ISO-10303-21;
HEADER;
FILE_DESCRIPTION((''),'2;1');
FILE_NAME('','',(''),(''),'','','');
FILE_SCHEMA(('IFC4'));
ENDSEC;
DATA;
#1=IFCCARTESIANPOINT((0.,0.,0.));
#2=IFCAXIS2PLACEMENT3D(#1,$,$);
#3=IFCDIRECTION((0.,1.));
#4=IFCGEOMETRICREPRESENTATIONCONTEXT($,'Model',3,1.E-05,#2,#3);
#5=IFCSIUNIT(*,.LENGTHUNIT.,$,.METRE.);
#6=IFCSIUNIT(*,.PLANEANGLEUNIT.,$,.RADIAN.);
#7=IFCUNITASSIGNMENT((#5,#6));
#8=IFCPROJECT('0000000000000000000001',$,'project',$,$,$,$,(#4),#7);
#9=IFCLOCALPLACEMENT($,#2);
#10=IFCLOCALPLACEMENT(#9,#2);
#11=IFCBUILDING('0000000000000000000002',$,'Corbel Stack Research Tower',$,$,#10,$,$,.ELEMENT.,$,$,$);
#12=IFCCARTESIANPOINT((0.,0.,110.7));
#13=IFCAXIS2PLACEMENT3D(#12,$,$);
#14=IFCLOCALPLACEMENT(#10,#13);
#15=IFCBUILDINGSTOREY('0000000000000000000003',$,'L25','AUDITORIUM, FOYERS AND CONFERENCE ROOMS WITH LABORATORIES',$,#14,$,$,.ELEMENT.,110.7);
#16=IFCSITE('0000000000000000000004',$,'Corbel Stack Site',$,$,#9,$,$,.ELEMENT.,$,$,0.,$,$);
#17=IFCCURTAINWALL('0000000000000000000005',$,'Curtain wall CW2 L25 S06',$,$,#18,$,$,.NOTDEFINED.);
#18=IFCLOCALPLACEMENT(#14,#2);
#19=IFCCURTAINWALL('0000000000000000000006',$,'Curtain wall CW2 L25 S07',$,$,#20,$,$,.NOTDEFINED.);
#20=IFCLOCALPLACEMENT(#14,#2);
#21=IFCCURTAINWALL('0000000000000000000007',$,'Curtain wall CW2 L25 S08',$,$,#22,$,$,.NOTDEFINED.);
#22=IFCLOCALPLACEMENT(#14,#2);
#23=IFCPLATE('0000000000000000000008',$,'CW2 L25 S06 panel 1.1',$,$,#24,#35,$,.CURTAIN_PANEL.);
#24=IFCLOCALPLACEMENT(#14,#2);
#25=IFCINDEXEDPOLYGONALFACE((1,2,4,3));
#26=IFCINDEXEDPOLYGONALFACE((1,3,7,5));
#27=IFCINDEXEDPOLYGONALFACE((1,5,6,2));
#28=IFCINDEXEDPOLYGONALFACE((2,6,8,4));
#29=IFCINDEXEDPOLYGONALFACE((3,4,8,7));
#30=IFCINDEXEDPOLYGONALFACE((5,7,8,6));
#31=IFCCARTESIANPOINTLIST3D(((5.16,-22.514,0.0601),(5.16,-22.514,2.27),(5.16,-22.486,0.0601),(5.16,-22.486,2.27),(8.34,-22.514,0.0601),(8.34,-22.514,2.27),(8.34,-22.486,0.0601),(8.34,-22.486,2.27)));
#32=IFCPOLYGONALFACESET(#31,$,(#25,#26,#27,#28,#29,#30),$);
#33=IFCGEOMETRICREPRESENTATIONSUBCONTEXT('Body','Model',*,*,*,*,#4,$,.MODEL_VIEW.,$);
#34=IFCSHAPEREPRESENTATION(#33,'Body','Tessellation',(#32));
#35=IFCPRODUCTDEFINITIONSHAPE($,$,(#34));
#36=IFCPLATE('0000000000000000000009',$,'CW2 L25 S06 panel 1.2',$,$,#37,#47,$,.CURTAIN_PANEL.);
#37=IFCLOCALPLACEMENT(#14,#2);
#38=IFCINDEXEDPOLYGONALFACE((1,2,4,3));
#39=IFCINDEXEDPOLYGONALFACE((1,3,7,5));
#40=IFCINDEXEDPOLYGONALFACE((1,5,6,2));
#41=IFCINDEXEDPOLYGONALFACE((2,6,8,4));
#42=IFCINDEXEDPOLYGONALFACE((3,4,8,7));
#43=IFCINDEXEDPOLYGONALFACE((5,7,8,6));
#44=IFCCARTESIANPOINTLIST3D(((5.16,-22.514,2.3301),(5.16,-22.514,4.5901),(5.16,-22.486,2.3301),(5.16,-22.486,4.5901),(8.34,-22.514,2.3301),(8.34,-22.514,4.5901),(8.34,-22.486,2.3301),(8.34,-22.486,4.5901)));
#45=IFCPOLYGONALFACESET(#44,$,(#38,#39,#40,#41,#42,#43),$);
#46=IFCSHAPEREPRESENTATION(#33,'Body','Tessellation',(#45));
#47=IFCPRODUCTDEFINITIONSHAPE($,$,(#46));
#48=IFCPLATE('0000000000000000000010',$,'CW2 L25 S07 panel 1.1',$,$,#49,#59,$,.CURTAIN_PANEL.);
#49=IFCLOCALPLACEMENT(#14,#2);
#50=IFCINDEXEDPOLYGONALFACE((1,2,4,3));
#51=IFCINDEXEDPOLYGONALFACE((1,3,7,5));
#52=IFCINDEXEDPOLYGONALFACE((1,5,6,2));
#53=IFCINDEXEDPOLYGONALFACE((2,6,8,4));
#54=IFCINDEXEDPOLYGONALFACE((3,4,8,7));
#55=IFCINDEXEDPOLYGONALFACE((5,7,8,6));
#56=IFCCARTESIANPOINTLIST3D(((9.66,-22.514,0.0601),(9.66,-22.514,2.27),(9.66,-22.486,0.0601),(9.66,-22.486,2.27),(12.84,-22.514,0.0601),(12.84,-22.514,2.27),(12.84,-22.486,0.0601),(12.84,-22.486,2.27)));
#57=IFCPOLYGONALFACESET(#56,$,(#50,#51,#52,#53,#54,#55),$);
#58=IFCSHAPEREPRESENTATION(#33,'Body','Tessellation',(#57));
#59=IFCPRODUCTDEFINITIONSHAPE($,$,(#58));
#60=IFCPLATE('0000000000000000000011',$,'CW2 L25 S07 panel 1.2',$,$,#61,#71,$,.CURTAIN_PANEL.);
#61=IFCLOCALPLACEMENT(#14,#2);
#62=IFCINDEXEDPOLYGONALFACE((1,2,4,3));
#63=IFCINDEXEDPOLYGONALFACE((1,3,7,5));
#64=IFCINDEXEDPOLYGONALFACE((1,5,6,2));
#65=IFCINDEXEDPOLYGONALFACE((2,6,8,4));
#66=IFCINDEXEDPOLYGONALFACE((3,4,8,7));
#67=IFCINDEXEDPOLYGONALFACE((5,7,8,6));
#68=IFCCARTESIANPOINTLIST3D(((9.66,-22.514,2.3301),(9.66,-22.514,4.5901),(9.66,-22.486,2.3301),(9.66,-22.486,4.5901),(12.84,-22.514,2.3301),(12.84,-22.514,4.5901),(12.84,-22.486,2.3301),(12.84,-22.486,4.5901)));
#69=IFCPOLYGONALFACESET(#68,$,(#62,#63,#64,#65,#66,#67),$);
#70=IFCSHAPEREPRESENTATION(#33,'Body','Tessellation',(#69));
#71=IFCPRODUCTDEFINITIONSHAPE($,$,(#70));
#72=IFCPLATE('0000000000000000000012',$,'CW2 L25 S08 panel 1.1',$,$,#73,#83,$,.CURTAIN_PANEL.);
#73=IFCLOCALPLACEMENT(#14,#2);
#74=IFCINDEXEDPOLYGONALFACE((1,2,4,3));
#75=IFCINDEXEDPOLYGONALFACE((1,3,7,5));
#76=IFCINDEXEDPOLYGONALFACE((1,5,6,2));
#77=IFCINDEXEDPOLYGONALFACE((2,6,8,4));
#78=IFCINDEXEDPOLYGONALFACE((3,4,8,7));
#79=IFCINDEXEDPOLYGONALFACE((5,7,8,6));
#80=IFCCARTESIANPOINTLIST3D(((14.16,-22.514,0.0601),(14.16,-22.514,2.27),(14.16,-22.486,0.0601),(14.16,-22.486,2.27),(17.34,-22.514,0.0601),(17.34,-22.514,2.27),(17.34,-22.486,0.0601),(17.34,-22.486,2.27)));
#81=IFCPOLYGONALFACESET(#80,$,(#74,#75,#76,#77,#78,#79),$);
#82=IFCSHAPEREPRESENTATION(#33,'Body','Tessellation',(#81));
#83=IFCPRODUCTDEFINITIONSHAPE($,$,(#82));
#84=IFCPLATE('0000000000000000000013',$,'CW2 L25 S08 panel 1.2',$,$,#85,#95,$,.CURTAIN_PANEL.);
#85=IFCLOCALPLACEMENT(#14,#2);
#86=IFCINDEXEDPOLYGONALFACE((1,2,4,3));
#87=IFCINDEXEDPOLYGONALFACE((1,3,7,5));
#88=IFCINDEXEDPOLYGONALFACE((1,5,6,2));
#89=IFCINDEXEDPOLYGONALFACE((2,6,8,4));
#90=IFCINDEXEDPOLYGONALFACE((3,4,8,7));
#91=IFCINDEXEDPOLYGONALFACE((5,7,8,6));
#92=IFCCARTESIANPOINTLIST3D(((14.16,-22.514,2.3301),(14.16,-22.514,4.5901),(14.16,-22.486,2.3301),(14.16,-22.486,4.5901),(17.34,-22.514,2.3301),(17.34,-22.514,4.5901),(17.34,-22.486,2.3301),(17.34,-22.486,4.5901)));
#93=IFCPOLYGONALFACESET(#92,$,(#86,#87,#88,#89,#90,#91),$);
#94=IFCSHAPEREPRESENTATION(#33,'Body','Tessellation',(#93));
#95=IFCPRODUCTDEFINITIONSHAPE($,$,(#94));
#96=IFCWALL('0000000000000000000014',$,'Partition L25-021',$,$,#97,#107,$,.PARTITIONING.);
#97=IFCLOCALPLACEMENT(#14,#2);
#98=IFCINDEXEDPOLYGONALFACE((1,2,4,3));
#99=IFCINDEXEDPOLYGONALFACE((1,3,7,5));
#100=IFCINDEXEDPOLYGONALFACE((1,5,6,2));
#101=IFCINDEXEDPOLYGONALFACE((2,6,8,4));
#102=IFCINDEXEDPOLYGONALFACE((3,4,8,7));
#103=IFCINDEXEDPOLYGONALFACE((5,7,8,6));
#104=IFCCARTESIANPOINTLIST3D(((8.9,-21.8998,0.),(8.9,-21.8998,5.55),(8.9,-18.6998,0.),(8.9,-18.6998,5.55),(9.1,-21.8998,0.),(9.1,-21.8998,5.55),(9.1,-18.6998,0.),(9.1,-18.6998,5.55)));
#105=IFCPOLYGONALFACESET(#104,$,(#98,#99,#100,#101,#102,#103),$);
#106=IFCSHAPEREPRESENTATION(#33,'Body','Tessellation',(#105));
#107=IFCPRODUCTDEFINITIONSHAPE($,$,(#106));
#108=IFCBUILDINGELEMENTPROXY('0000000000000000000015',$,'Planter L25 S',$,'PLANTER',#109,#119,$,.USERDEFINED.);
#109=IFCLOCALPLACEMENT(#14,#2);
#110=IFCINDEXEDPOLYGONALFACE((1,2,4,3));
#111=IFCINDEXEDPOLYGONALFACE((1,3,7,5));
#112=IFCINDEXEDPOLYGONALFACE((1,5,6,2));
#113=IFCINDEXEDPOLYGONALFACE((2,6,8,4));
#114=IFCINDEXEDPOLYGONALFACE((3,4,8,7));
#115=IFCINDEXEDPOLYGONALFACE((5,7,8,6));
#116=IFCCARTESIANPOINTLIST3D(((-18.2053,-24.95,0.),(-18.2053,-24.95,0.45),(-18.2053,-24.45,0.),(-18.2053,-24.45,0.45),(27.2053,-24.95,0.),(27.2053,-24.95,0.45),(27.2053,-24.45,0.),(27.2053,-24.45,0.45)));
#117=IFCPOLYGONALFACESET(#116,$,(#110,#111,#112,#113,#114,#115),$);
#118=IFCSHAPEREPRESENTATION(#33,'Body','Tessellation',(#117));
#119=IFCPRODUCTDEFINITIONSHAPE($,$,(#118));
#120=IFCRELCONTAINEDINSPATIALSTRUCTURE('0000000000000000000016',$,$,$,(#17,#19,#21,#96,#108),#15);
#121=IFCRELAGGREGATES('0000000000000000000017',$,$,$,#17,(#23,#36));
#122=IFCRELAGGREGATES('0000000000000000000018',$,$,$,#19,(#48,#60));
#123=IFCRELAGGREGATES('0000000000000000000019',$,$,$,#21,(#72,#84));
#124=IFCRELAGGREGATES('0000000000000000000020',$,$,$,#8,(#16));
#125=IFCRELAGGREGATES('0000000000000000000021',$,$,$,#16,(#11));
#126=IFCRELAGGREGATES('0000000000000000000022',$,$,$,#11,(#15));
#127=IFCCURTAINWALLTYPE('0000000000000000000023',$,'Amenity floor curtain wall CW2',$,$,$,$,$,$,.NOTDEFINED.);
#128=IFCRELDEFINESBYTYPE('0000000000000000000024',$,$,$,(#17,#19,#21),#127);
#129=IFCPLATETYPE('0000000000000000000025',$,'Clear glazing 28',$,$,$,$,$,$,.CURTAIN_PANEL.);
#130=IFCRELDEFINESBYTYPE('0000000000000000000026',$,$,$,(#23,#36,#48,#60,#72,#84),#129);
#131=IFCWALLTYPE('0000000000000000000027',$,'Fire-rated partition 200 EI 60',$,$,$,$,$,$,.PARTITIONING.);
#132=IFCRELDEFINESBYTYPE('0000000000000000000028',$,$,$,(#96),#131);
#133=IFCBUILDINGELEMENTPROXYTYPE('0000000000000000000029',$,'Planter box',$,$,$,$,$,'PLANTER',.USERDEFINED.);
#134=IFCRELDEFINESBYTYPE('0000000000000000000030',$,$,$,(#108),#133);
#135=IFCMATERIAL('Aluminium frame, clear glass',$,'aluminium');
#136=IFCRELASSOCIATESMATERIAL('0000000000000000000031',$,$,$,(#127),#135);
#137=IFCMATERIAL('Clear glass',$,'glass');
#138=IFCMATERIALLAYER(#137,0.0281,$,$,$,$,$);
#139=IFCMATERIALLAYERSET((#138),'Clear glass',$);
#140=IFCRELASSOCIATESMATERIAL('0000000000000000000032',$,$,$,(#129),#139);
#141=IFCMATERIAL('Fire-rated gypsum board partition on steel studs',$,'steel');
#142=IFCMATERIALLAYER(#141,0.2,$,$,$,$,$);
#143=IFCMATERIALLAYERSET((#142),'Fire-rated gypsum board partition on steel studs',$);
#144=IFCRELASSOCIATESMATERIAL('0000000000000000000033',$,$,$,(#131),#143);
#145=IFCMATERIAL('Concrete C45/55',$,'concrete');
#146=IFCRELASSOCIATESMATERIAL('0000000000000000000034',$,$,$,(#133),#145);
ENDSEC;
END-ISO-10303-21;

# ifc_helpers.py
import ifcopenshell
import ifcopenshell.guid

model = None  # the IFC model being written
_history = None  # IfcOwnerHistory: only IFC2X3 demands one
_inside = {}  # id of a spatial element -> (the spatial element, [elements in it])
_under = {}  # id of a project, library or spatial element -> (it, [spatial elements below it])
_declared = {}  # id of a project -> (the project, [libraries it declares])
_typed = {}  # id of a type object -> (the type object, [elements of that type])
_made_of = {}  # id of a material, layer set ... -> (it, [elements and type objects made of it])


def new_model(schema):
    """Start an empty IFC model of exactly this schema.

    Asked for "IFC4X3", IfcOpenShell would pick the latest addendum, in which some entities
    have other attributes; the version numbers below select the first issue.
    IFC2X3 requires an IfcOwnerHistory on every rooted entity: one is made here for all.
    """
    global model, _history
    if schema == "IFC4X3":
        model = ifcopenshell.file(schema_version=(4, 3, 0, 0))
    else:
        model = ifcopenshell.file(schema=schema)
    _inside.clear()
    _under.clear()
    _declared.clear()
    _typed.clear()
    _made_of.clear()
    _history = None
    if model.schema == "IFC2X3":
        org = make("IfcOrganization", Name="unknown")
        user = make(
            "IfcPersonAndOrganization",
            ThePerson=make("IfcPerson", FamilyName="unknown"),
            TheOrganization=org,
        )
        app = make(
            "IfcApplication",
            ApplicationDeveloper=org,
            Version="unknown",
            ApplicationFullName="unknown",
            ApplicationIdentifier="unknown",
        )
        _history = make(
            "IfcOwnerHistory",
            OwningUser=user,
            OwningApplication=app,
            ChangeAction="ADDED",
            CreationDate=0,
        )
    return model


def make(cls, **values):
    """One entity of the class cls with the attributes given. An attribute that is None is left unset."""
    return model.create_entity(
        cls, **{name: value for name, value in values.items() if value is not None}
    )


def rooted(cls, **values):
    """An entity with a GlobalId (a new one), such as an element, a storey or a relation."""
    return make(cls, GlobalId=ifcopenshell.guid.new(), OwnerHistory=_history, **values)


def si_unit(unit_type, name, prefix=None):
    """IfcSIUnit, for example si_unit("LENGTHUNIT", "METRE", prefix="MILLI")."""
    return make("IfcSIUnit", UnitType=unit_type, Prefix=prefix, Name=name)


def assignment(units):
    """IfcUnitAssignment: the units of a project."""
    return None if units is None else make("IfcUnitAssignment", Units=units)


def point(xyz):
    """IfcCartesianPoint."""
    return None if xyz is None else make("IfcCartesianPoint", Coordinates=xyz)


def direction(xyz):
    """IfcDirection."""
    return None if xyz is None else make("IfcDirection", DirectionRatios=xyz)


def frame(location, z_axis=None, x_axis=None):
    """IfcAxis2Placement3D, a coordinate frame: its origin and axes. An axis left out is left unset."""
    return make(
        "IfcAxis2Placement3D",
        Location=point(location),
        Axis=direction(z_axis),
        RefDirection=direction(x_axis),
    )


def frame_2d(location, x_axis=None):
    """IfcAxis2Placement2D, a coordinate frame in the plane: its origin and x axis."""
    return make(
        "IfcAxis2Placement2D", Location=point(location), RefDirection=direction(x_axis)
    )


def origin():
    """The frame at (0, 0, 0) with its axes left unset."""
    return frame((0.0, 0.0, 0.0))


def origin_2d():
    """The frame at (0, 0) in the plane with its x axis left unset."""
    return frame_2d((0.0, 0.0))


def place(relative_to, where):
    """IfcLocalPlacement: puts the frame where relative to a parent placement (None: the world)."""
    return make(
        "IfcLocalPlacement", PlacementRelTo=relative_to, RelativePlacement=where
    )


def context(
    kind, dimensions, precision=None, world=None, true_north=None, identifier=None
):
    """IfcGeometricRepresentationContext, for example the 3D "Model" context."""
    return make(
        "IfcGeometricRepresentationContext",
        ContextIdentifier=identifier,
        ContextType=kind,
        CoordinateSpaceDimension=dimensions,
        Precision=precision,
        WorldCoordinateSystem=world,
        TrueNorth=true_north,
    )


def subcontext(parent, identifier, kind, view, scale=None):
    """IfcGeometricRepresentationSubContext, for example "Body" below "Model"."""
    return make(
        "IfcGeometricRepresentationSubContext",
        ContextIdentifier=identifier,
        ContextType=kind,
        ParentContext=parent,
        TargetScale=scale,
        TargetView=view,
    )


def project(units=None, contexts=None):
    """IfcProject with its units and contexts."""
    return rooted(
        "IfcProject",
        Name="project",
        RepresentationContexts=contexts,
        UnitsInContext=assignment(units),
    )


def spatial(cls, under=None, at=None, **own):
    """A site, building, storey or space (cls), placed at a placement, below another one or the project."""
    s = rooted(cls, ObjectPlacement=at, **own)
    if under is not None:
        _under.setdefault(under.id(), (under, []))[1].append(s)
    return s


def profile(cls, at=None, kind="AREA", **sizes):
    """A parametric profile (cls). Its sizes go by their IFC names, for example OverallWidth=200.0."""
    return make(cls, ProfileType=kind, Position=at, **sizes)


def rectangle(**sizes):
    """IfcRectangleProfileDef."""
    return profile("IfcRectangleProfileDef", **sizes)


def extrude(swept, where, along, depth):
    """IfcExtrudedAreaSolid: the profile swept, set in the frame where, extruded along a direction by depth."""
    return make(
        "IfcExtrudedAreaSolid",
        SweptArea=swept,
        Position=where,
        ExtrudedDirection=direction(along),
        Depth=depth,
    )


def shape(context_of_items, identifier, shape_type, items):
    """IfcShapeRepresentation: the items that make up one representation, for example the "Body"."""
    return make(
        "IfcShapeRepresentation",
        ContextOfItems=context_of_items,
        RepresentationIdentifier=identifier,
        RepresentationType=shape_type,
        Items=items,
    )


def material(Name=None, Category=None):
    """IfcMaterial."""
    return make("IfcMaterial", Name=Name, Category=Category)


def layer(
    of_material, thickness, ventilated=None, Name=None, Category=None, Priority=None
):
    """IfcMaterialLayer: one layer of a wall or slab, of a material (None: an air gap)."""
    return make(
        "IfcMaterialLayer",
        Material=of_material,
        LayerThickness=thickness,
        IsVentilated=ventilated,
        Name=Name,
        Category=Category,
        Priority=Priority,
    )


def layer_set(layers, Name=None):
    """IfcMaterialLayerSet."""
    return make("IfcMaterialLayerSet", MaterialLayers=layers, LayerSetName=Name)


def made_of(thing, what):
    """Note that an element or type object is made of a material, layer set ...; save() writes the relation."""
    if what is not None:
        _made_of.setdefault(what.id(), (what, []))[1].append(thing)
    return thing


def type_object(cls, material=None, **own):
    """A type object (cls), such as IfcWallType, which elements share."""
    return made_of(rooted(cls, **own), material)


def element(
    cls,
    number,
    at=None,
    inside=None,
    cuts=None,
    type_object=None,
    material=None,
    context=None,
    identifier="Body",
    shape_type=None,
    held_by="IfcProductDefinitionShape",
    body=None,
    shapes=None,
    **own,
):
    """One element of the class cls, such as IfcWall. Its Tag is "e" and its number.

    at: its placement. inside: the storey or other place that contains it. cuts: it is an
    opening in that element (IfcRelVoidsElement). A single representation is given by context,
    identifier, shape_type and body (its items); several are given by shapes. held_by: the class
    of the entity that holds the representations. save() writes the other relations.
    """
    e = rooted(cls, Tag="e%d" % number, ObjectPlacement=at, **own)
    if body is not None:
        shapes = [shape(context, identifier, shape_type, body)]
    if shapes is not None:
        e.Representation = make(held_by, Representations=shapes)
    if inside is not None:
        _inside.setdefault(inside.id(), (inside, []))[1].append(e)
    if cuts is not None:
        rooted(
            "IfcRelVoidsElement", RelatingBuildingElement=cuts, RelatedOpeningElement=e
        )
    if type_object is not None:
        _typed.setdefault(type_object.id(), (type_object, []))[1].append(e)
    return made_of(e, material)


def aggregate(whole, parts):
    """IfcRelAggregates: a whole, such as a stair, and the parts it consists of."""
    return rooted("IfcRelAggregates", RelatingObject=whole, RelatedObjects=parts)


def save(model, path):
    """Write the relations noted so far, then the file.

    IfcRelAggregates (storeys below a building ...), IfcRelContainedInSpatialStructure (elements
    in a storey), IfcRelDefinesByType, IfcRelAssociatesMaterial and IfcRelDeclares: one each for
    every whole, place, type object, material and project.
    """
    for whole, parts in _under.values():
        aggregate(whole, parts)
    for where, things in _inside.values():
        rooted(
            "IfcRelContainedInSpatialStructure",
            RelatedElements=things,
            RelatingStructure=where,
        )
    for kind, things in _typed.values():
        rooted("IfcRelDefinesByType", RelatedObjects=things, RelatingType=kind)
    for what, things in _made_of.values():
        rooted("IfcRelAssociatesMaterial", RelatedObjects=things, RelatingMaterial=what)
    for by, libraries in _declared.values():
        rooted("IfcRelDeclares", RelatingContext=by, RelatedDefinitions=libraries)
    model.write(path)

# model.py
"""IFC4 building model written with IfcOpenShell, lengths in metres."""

from ifc_helpers import new_model, si_unit, direction, frame, frame_2d, origin, origin_2d, place, context, subcontext, project, spatial, rectangle, extrude, material, layer, layer_set, type_object, element, aggregate, save


model = new_model("IFC4")

# Units and contexts
model_context = context("Model", 3, precision=1e-05, world=origin(), true_north=direction((0.0, 1.0)))
body_context = subcontext(model_context, "Body", "Model", "MODEL_VIEW")
ifc_project = project(units=[si_unit("LENGTHUNIT", "METRE"), si_unit("PLANEANGLEUNIT", "RADIAN")], contexts=[model_context])

# Site, building, storey
site_placement = place(None, origin())
site = spatial("IfcSite", under=ifc_project, at=site_placement, Name="Corbel Stack Site", CompositionType="ELEMENT", RefElevation=0.0)
building_placement = place(site_placement, origin())
building = spatial("IfcBuilding", under=site, at=building_placement, Name="Corbel Stack Research Tower", CompositionType="ELEMENT")
storey_placement = place(building_placement, frame((0.0, 0.0, 110.7)))
storey = spatial("IfcBuildingStorey", under=building, at=storey_placement, Name="L25", Description="AUDITORIUM, FOYERS AND CONFERENCE ROOMS WITH LABORATORIES", CompositionType="ELEMENT", Elevation=110.7)

# Curtain walls
ifc_material_1 = material(Name="Aluminium frame, clear glass", Category="aluminium")
curtain_wall_type = type_object("IfcCurtainWallType", Name="Amenity floor curtain wall CW2", PredefinedType="NOTDEFINED", material=ifc_material_1)
curtain_wall_1_placement = place(storey_placement, origin())
curtain_wall_1 = element("IfcCurtainWall", 1, at=curtain_wall_1_placement, inside=storey, type_object=curtain_wall_type, Name="Curtain wall CW2 L25 S06", PredefinedType="NOTDEFINED")
curtain_wall_2_placement = place(storey_placement, origin())
curtain_wall_2 = element("IfcCurtainWall", 2, at=curtain_wall_2_placement, inside=storey, type_object=curtain_wall_type, Name="Curtain wall CW2 L25 S07", PredefinedType="NOTDEFINED")
curtain_wall_3_placement = place(storey_placement, origin())
curtain_wall_3 = element("IfcCurtainWall", 3, at=curtain_wall_3_placement, inside=storey, type_object=curtain_wall_type, Name="Curtain wall CW2 L25 S08", PredefinedType="NOTDEFINED")

# Plates
ifc_material_2 = material(Name="Clear glass", Category="glass")
ifc_layer_1 = layer(ifc_material_2, 0.0281)
ifc_layer_set_1 = layer_set([ifc_layer_1], Name="Clear glass")
plate_type = type_object("IfcPlateType", Name="Clear glazing 28", PredefinedType="CURTAIN_PANEL", material=ifc_layer_set_1)
plate_1_placement = place(storey_placement, frame((6.75, -22.5, 0.0601), z_axis=(0.0, 0.0, 1.0), x_axis=(1.0, 0.0, 0.0)))
plate_1 = element("IfcPlate", 4, at=plate_1_placement, type_object=plate_type, Name="CW2 L25 S06 panel 1.1", PredefinedType="CURTAIN_PANEL", context=body_context, shape_type="SweptSolid", body=[
    extrude(rectangle(XDim=3.1799, YDim=0.0281, at=origin_2d()), origin(), (0.0, 0.0, 1.0), 2.21),
])
plate_2_placement = place(storey_placement, frame((6.75, -22.5, 2.3301), z_axis=(0.0, 0.0, 1.0), x_axis=(1.0, 0.0, 0.0)))
plate_2 = element("IfcPlate", 5, at=plate_2_placement, type_object=plate_type, Name="CW2 L25 S06 panel 1.2", PredefinedType="CURTAIN_PANEL", context=body_context, shape_type="SweptSolid", body=[
    extrude(rectangle(XDim=3.1799, YDim=0.0281, at=origin_2d()), origin(), (0.0, 0.0, 1.0), 2.26),
])
aggregate(curtain_wall_1, [plate_1, plate_2])
plate_3_placement = place(storey_placement, frame((11.25, -22.5, 0.0601), z_axis=(0.0, 0.0, 1.0), x_axis=(1.0, 0.0, 0.0)))
plate_3 = element("IfcPlate", 6, at=plate_3_placement, type_object=plate_type, Name="CW2 L25 S07 panel 1.1", PredefinedType="CURTAIN_PANEL", context=body_context, shape_type="SweptSolid", body=[
    extrude(rectangle(XDim=3.1799, YDim=0.0281, at=origin_2d()), origin(), (0.0, 0.0, 1.0), 2.21),
])
plate_4_placement = place(storey_placement, frame((11.25, -22.5, 2.3301), z_axis=(0.0, 0.0, 1.0), x_axis=(1.0, 0.0, 0.0)))
plate_4 = element("IfcPlate", 7, at=plate_4_placement, type_object=plate_type, Name="CW2 L25 S07 panel 1.2", PredefinedType="CURTAIN_PANEL", context=body_context, shape_type="SweptSolid", body=[
    extrude(rectangle(XDim=3.1799, YDim=0.0281, at=origin_2d()), origin(), (0.0, 0.0, 1.0), 2.26),
])
aggregate(curtain_wall_2, [plate_3, plate_4])
plate_5_placement = place(storey_placement, frame((15.75, -22.5, 0.0601), z_axis=(0.0, 0.0, 1.0), x_axis=(1.0, 0.0, 0.0)))
plate_5 = element("IfcPlate", 8, at=plate_5_placement, type_object=plate_type, Name="CW2 L25 S08 panel 1.1", PredefinedType="CURTAIN_PANEL", context=body_context, shape_type="SweptSolid", body=[
    extrude(rectangle(XDim=3.1799, YDim=0.0281, at=origin_2d()), origin(), (0.0, 0.0, 1.0), 2.21),
])
plate_6_placement = place(storey_placement, frame((15.75, -22.5, 2.3301), z_axis=(0.0, 0.0, 1.0), x_axis=(1.0, 0.0, 0.0)))
plate_6 = element("IfcPlate", 9, at=plate_6_placement, type_object=plate_type, Name="CW2 L25 S08 panel 1.2", PredefinedType="CURTAIN_PANEL", context=body_context, shape_type="SweptSolid", body=[
    extrude(rectangle(XDim=3.1799, YDim=0.0281, at=origin_2d()), origin(), (0.0, 0.0, 1.0), 2.26),
])
aggregate(curtain_wall_3, [plate_5, plate_6])

# Wall
ifc_material_3 = material(Name="Fire-rated gypsum board partition on steel studs", Category="steel")
ifc_layer_2 = layer(ifc_material_3, 0.2)
ifc_layer_set_2 = layer_set([ifc_layer_2], Name="Fire-rated gypsum board partition on steel studs")
wall_type = type_object("IfcWallType", Name="Fire-rated partition 200 EI 60", PredefinedType="PARTITIONING", material=ifc_layer_set_2)
wall_placement = place(storey_placement, frame((9.0, -21.8999, 0.0), z_axis=(0.0, 0.0, 1.0), x_axis=(0.0, 1.0, 0.0)))
element("IfcWall", 10, at=wall_placement, inside=storey, type_object=wall_type, Name="Partition L25-021", PredefinedType="PARTITIONING", context=body_context, shape_type="SweptSolid", body=[
    extrude(rectangle(XDim=3.2, YDim=0.2, at=frame_2d((1.6001, 0.0))), origin(), (0.0, 0.0, 1.0), 5.55),
])

# Building element proxy
ifc_material_4 = material(Name="Concrete C45/55", Category="concrete")
building_element_proxy_type = type_object("IfcBuildingElementProxyType", Name="Planter box", ElementType="PLANTER", PredefinedType="USERDEFINED", material=ifc_material_4)
proxy_placement = place(storey_placement, frame((4.5, -24.7, 0.0), z_axis=(0.0, 0.0, 1.0), x_axis=(1.0, 0.0, 0.0)))
element("IfcBuildingElementProxy", 11, at=proxy_placement, inside=storey, type_object=building_element_proxy_type, Name="Planter L25 S", ObjectType="PLANTER", PredefinedType="USERDEFINED", context=body_context, shape_type="SweptSolid", body=[
    extrude(rectangle(XDim=45.4106, YDim=0.5, at=origin_2d()), origin(), (0.0, 0.0, 1.0), 0.45),
])

save(model, "model.ifc")
